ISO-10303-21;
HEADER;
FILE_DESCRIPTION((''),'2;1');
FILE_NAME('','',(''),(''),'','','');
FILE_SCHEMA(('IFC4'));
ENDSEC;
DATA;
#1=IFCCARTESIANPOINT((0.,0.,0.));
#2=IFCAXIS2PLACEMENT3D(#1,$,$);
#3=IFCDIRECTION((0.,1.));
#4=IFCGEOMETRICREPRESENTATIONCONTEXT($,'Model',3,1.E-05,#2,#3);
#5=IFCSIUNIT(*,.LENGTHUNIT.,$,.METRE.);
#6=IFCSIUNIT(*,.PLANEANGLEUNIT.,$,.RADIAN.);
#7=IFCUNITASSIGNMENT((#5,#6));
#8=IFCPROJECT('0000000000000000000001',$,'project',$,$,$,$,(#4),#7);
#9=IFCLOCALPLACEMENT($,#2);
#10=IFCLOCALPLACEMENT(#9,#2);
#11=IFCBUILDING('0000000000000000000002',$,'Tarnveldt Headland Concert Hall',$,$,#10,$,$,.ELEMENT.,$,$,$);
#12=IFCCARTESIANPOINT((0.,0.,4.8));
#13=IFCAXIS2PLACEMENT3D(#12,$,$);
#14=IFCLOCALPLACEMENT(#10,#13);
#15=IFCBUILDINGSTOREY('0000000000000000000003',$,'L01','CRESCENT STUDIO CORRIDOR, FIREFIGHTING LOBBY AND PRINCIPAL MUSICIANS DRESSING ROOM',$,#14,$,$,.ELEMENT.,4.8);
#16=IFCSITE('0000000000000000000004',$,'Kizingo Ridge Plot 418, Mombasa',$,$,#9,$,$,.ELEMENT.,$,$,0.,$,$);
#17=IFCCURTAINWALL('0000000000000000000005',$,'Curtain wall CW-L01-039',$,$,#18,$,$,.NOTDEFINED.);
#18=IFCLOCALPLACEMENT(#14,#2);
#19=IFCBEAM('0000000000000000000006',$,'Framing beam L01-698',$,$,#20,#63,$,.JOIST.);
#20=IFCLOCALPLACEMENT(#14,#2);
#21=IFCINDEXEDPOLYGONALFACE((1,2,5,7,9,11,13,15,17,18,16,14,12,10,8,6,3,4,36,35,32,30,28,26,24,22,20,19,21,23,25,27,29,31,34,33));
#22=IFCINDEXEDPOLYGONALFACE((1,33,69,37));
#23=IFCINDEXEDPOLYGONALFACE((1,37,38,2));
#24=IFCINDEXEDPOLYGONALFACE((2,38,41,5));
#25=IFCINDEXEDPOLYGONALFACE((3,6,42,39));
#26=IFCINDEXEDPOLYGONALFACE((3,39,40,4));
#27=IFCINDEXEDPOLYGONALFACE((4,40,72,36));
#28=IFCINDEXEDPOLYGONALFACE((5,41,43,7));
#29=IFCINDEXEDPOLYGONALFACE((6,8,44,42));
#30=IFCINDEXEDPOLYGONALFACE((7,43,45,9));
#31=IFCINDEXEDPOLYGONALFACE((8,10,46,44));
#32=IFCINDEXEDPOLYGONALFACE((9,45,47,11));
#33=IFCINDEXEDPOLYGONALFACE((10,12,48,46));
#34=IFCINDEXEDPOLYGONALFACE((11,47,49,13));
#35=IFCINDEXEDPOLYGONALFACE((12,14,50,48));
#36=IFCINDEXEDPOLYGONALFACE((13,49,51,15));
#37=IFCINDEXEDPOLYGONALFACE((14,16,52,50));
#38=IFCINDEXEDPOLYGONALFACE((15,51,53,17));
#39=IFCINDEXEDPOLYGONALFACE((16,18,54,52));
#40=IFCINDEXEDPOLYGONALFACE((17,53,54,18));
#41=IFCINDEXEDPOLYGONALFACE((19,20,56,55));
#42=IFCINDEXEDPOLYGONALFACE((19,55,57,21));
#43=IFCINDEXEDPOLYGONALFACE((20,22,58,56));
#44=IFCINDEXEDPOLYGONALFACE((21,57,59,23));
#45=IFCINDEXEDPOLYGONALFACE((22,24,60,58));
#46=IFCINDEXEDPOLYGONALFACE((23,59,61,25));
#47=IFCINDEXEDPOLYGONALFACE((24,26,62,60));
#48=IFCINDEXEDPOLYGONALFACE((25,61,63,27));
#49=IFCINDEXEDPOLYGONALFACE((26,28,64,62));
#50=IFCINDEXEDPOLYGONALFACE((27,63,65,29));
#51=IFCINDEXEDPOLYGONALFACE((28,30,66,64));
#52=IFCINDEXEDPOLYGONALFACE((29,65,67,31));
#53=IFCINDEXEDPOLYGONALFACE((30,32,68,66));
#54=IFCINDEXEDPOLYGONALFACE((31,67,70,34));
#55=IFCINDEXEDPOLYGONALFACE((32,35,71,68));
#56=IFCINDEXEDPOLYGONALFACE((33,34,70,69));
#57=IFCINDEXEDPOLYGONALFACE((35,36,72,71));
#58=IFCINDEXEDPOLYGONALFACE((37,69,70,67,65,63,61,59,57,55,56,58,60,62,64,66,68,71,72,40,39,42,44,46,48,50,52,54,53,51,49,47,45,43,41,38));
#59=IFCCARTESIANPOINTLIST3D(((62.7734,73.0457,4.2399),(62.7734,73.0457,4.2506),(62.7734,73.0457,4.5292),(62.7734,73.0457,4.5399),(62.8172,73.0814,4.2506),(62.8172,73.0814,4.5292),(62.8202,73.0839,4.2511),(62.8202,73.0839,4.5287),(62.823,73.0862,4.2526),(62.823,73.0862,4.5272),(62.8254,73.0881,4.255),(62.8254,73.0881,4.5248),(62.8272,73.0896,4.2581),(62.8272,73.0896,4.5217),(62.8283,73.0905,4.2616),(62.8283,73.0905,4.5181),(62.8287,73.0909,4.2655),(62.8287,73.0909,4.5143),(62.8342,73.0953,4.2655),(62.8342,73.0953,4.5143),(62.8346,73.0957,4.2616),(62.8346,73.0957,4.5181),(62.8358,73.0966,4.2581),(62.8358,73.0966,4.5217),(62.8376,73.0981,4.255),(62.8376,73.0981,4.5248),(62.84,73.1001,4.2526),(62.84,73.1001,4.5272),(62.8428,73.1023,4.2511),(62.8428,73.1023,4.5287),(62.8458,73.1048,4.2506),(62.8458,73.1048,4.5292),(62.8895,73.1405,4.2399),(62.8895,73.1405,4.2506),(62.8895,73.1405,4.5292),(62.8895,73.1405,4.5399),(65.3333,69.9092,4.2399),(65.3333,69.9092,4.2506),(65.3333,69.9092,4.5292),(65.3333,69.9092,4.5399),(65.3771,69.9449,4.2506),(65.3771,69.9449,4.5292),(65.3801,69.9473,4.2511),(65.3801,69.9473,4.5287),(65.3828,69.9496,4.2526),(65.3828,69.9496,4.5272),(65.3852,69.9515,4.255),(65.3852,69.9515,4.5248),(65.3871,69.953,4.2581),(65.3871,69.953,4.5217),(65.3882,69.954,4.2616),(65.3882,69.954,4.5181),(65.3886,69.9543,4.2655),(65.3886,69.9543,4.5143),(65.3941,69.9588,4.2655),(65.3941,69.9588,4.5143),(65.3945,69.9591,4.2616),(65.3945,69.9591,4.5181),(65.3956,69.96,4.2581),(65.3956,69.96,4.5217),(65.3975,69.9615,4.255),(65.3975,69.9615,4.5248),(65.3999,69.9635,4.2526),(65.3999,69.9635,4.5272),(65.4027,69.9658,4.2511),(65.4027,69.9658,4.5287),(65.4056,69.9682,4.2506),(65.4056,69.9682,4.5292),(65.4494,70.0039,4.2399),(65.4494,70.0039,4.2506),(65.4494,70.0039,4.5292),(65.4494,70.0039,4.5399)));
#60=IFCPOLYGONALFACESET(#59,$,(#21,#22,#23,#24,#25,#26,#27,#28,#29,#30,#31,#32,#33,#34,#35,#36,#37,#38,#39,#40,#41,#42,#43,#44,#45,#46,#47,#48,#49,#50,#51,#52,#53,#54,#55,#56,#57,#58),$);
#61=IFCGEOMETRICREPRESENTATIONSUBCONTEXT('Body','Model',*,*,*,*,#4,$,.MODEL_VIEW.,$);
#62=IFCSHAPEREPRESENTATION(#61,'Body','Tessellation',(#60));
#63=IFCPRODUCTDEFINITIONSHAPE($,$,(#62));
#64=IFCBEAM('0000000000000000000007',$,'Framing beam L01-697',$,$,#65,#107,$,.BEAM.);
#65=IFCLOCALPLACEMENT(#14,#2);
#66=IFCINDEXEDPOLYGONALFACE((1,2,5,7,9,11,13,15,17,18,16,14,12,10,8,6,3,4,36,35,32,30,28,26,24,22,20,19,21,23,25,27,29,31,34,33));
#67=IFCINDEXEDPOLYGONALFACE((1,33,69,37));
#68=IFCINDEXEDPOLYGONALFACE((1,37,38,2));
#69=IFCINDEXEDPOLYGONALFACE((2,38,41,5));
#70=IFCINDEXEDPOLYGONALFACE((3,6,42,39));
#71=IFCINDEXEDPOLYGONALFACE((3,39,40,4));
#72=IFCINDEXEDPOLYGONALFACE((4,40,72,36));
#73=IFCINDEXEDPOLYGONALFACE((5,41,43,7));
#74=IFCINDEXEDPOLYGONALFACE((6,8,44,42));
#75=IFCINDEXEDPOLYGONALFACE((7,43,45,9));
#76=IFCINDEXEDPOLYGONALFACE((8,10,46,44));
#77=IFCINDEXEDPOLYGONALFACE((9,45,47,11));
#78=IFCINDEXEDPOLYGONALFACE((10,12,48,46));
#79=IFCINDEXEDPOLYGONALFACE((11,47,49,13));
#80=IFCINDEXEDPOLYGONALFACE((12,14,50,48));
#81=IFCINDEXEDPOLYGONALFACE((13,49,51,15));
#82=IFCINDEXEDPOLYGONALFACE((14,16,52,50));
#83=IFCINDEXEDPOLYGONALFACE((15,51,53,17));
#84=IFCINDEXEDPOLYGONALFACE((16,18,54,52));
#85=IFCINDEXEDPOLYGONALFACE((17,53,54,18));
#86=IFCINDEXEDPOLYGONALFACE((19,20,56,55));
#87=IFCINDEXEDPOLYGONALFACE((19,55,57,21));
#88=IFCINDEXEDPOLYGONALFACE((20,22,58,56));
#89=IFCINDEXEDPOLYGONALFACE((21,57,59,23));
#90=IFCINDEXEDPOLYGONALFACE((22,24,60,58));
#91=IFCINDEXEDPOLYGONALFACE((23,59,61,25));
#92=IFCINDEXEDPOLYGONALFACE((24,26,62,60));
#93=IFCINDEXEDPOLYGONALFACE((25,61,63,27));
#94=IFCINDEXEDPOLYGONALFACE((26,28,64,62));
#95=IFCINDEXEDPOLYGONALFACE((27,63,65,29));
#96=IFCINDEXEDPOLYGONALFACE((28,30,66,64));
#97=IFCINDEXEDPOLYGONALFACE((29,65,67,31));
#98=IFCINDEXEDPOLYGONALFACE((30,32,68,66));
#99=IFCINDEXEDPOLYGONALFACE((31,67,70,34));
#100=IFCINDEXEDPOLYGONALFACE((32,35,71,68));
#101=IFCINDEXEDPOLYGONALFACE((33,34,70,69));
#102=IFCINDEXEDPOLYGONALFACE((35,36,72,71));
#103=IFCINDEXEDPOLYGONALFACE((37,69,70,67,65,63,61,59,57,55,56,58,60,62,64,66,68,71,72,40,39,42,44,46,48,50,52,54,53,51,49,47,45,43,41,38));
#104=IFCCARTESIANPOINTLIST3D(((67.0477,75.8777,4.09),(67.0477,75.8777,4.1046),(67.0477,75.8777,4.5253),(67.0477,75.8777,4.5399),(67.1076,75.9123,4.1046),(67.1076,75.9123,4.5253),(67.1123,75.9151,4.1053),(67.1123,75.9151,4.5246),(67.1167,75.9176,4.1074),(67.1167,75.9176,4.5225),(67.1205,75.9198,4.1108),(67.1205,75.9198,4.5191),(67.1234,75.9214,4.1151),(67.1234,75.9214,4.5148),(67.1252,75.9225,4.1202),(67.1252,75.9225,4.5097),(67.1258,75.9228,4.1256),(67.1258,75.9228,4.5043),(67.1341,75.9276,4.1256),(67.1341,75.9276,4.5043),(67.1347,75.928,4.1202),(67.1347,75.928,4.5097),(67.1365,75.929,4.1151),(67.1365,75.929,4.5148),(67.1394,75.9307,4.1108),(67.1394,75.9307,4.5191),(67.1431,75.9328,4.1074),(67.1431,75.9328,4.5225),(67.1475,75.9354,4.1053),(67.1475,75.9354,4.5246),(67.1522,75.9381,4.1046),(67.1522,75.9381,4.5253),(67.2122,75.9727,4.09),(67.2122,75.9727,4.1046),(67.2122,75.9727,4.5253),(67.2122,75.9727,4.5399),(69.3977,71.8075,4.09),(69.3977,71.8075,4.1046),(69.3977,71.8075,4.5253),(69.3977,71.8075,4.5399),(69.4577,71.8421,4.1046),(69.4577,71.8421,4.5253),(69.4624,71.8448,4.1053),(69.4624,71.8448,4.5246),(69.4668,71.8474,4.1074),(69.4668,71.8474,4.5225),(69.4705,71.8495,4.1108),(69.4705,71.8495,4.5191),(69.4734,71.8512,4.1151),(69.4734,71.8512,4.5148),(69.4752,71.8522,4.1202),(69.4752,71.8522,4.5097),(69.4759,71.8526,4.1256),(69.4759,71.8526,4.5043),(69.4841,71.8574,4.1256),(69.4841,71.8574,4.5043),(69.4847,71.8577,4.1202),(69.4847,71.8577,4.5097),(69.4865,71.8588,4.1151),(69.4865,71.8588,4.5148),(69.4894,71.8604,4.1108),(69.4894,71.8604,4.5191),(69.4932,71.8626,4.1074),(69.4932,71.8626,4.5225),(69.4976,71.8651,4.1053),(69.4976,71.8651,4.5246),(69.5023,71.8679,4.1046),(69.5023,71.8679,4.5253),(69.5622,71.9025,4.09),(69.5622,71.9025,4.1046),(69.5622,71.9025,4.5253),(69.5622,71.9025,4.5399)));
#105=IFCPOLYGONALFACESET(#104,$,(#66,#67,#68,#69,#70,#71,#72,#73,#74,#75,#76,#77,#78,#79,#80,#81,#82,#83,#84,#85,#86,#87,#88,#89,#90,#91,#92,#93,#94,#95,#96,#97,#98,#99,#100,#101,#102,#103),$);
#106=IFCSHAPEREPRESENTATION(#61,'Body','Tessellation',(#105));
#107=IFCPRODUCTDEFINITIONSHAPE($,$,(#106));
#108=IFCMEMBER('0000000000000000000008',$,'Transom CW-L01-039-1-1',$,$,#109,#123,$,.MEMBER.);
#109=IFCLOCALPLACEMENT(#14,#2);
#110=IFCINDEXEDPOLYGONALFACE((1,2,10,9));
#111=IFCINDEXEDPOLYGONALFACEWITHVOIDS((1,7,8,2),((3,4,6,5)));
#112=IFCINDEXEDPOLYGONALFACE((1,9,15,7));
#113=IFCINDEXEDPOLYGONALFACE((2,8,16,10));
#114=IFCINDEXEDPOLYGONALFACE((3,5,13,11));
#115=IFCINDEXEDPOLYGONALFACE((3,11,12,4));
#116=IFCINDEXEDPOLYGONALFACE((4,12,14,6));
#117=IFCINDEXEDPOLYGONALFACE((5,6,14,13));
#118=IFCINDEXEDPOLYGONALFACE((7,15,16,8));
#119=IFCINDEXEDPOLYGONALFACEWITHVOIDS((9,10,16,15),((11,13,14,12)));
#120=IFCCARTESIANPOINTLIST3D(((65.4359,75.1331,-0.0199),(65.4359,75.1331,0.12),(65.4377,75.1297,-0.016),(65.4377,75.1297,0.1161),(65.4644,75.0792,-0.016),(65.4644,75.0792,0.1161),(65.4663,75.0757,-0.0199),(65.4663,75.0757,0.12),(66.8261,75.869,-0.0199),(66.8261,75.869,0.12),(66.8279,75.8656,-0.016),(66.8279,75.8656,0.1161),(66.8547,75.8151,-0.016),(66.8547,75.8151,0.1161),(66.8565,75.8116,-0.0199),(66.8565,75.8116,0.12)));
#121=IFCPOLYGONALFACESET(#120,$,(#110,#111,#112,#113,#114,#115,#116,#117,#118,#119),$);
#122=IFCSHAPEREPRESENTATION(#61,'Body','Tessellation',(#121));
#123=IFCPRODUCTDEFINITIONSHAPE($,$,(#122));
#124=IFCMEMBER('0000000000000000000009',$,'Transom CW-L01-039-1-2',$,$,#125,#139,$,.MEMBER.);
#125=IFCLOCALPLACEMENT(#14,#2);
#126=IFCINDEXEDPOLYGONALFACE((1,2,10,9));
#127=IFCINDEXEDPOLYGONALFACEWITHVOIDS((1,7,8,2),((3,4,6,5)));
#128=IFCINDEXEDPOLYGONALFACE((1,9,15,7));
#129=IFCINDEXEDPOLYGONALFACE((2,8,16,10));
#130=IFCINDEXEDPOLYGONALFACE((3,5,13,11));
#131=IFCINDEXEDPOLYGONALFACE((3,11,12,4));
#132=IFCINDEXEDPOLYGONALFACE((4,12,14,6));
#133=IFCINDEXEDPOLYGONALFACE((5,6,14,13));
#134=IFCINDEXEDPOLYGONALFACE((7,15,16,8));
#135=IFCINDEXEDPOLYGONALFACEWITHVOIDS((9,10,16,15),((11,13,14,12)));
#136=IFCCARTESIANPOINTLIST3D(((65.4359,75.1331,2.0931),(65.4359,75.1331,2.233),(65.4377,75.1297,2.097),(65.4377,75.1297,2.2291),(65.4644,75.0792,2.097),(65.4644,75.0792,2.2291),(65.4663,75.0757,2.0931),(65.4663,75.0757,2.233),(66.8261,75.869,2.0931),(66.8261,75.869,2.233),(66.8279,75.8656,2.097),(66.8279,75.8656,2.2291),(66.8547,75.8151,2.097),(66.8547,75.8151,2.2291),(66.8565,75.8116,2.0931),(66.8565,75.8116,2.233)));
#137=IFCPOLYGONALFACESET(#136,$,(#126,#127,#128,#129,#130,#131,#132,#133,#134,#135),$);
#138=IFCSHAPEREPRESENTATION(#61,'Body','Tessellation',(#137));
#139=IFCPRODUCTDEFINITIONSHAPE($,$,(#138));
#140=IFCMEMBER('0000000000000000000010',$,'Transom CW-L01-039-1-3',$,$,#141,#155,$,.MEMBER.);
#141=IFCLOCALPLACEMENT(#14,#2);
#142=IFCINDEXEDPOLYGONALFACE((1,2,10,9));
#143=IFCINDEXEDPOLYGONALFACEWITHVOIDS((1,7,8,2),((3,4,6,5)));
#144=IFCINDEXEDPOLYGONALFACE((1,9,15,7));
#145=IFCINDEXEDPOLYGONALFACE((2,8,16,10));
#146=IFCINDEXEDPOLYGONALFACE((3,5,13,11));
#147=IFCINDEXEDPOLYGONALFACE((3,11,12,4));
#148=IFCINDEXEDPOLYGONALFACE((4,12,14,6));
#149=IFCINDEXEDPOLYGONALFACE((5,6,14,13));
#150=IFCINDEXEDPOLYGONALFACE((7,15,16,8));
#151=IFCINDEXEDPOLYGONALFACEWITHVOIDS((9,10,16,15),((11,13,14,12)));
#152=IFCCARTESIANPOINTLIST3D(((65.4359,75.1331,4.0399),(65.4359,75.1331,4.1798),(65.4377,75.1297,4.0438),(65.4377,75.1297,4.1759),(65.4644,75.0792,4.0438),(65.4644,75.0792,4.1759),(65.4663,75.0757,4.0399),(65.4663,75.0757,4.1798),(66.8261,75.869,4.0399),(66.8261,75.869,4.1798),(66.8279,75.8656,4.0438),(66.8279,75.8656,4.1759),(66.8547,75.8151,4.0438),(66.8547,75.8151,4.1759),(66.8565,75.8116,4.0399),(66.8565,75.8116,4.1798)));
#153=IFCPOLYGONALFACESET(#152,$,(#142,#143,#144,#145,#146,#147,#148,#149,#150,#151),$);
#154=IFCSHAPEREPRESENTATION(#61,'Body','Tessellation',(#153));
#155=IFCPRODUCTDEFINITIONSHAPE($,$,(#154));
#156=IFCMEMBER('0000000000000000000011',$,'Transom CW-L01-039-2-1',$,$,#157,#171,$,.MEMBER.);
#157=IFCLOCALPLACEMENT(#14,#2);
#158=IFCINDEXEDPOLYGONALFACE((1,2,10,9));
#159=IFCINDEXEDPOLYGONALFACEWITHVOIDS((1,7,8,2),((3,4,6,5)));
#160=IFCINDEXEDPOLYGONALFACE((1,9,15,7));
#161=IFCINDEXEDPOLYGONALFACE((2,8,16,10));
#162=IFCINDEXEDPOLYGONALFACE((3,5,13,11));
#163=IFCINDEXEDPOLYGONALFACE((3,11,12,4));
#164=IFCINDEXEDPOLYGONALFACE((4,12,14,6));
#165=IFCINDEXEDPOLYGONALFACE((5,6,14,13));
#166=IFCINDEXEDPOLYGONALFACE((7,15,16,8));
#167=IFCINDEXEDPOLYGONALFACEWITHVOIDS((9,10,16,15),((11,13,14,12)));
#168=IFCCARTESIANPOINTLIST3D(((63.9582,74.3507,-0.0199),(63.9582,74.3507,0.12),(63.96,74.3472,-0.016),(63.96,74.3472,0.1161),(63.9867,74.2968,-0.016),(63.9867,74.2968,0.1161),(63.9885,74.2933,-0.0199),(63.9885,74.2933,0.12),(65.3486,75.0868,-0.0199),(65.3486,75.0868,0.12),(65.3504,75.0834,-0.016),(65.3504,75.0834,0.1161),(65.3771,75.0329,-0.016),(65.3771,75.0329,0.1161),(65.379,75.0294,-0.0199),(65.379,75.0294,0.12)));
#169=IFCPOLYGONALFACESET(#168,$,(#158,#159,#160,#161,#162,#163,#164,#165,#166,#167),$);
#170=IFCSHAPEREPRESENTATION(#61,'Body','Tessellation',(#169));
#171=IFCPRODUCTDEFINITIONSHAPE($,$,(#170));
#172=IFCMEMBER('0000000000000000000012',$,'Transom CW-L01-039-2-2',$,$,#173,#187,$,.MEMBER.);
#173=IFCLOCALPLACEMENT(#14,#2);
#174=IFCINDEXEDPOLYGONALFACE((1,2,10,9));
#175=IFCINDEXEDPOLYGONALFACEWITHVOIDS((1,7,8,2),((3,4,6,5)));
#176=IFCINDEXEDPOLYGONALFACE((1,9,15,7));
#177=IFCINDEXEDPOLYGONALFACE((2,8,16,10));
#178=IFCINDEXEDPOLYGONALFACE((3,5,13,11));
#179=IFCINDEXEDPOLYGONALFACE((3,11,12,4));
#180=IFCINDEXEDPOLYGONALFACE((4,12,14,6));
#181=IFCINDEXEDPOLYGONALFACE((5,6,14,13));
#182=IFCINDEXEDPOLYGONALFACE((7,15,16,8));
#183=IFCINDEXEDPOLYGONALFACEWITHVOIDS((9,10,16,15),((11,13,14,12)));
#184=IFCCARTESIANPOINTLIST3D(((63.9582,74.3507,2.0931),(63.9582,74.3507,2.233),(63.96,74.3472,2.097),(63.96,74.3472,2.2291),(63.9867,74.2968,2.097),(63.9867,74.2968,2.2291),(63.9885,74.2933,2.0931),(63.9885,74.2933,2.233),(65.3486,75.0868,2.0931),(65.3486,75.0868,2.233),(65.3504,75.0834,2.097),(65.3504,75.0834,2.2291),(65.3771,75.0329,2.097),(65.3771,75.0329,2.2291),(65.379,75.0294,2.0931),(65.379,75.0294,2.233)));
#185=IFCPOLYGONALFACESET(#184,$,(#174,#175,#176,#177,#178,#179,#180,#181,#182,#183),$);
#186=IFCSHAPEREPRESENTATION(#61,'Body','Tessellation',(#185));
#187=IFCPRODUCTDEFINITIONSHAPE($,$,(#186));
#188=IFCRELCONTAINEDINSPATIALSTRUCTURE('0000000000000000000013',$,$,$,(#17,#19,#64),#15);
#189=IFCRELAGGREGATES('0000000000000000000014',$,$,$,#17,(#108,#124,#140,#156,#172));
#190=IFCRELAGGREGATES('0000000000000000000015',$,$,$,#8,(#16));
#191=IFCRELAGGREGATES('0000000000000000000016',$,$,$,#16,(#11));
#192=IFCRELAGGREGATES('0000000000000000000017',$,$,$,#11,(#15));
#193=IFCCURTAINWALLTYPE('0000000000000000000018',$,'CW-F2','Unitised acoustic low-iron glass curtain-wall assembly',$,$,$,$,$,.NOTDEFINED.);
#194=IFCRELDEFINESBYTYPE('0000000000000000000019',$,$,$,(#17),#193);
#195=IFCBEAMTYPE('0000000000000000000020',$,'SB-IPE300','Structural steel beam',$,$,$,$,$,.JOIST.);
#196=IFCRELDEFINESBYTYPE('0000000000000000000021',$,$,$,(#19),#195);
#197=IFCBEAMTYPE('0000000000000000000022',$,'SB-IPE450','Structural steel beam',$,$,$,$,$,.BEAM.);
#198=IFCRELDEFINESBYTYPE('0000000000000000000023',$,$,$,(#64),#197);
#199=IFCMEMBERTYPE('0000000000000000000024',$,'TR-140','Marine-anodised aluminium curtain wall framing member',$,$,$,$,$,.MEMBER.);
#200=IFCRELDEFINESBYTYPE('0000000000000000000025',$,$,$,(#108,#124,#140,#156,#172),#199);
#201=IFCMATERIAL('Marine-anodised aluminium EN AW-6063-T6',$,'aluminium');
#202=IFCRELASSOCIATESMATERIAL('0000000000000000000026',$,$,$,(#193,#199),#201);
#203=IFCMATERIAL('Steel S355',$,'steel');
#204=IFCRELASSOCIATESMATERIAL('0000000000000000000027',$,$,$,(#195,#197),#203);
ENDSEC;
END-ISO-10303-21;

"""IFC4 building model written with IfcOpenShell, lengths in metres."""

from ifc_helpers import new_model, si_unit, direction, frame, origin, origin_2d, place, context, subcontext, project, spatial, hollow_rectangle, i_section, extrude, material, material_profile, profile_set, type_object, element, aggregate, save


model = new_model("IFC4")

# Units and contexts
model_context = context("Model", 3, precision=1e-05, world=origin(), true_north=direction((0.0, 1.0)))
body_context = subcontext(model_context, "Body", "Model", "MODEL_VIEW")
ifc_project = project(units=[si_unit("LENGTHUNIT", "METRE"), si_unit("PLANEANGLEUNIT", "RADIAN")], contexts=[model_context])

# Site, building, storey
site_placement = place(None, origin())
site = spatial("IfcSite", under=ifc_project, at=site_placement, Name="Kizingo Ridge Plot 418, Mombasa", CompositionType="ELEMENT", RefElevation=0.0)
building_placement = place(site_placement, origin())
building = spatial("IfcBuilding", under=site, at=building_placement, Name="Tarnveldt Headland Concert Hall", CompositionType="ELEMENT")
storey_placement = place(building_placement, frame((0.0, 0.0, 4.8)))
storey = spatial("IfcBuildingStorey", under=building, at=storey_placement, Name="L01", Description="CRESCENT STUDIO CORRIDOR, FIREFIGHTING LOBBY AND PRINCIPAL MUSICIANS DRESSING ROOM", CompositionType="ELEMENT", Elevation=4.8)

# Curtain wall
ifc_material_1 = material(Name="Marine-anodised aluminium EN AW-6063-T6", Category="aluminium")
curtain_wall_type = type_object("IfcCurtainWallType", Name="CW-F2", Description="Unitised acoustic low-iron glass curtain-wall assembly", PredefinedType="NOTDEFINED", material=ifc_material_1)
curtain_wall_1_placement = place(storey_placement, origin())
curtain_wall_1 = element("IfcCurtainWall", 1, at=curtain_wall_1_placement, inside=storey, type_object=curtain_wall_type, Name="Curtain wall CW-L01-039", PredefinedType="NOTDEFINED")

# Beams
ifc_material_2 = material(Name="Steel S355", Category="steel")
ifc_material_profile_1 = material_profile(ifc_material_2, i_section(OverallWidth=0.1499, OverallDepth=0.3, WebThickness=0.0071, FlangeThickness=0.0107, FilletRadius=0.0149, at=origin_2d()), Name="IPE300", Category="steel")
ifc_profile_set_1 = profile_set([ifc_material_profile_1], Name="Steel S355")
beam_type_1 = type_object("IfcBeamType", Name="SB-IPE300", Description="Structural steel beam", PredefinedType="JOIST", material=ifc_profile_set_1)
beam_1_placement = place(storey_placement, frame((65.3914, 69.9565, 4.3899), z_axis=(-0.632292, 0.774731, 0.0), x_axis=(-0.774731, -0.632292, 0.0)))
element("IfcBeam", 2, at=beam_1_placement, inside=storey, type_object=beam_type_1, Name="Framing beam L01-698", PredefinedType="JOIST", context=body_context, shape_type="SweptSolid", body=[
    extrude(i_section(OverallWidth=0.1499, OverallDepth=0.3, WebThickness=0.0071, FlangeThickness=0.0107, FilletRadius=0.0149, at=origin_2d()), origin(), (0.0, 0.0, 1.0), 4.0486),
])
ifc_material_profile_2 = material_profile(ifc_material_2, i_section(OverallWidth=0.1899, OverallDepth=0.45, WebThickness=0.0095, FlangeThickness=0.0146, FilletRadius=0.021, at=origin_2d()), Name="IPE450", Category="steel")
ifc_profile_set_2 = profile_set([ifc_material_profile_2], Name="Steel S355")
beam_type_2 = type_object("IfcBeamType", Name="SB-IPE450", Description="Structural steel beam", PredefinedType="BEAM", material=ifc_profile_set_2)
beam_2_placement = place(storey_placement, frame((69.48, 71.855, 4.3149), z_axis=(-0.500016, 0.866016, 0.0), x_axis=(-0.866016, -0.500016, 0.0)))
element("IfcBeam", 3, at=beam_2_placement, inside=storey, type_object=beam_type_2, Name="Framing beam L01-697", PredefinedType="BEAM", context=body_context, shape_type="SweptSolid", body=[
    extrude(i_section(OverallWidth=0.1899, OverallDepth=0.45, WebThickness=0.0095, FlangeThickness=0.0146, FilletRadius=0.021, at=origin_2d()), origin(), (0.0, 0.0, 1.0), 4.7),
])

# Members
ifc_material_profile_3 = material_profile(ifc_material_1, hollow_rectangle(XDim=0.0649, YDim=0.1399, WallThickness=0.0039, at=origin_2d()), Name="ALU TRANSOM 65x140x4", Category="aluminium")
ifc_profile_set_3 = profile_set([ifc_material_profile_3], Name="Marine-anodised aluminium EN AW-6063-T6")
member_type_1 = type_object("IfcMemberType", Name="TR-140", Description="Marine-anodised aluminium curtain wall framing member", PredefinedType="MEMBER", material=ifc_profile_set_3)
member_1_placement = place(storey_placement, frame((66.8413, 75.8403, 0.05), z_axis=(-0.883818, -0.467831, 0.0), x_axis=(0.467831, -0.883818, 0.0)))
member_1 = element("IfcMember", 4, at=member_1_placement, type_object=member_type_1, Name="Transom CW-L01-039-1-1", PredefinedType="MEMBER", context=body_context, shape_type="SweptSolid", body=[
    extrude(hollow_rectangle(XDim=0.0649, YDim=0.1399, WallThickness=0.0039, at=origin_2d()), origin(), (0.0, 0.0, 1.0), 1.573),
])
member_2_placement = place(storey_placement, frame((66.8413, 75.8403, 2.1631), z_axis=(-0.883818, -0.467831, 0.0), x_axis=(0.467831, -0.883818, 0.0)))
member_2 = element("IfcMember", 5, at=member_2_placement, type_object=member_type_1, Name="Transom CW-L01-039-1-2", PredefinedType="MEMBER", context=body_context, shape_type="SweptSolid", body=[
    extrude(hollow_rectangle(XDim=0.0649, YDim=0.1399, WallThickness=0.0039, at=origin_2d()), origin(), (0.0, 0.0, 1.0), 1.573),
])
member_3_placement = place(storey_placement, frame((66.8413, 75.8403, 4.1099), z_axis=(-0.883818, -0.467831, 0.0), x_axis=(0.467831, -0.883818, 0.0)))
member_3 = element("IfcMember", 6, at=member_3_placement, type_object=member_type_1, Name="Transom CW-L01-039-1-3", PredefinedType="MEMBER", context=body_context, shape_type="SweptSolid", body=[
    extrude(hollow_rectangle(XDim=0.0649, YDim=0.1399, WallThickness=0.0039, at=origin_2d()), origin(), (0.0, 0.0, 1.0), 1.573),
])
member_4_placement = place(storey_placement, frame((65.3638, 75.0581, 0.05), z_axis=(-0.883788, -0.467888, 0.0), x_axis=(0.467888, -0.883788, 0.0)))
member_4 = element("IfcMember", 7, at=member_4_placement, type_object=member_type_1, Name="Transom CW-L01-039-2-1", PredefinedType="MEMBER", context=body_context, shape_type="SweptSolid", body=[
    extrude(hollow_rectangle(XDim=0.0649, YDim=0.1399, WallThickness=0.0039, at=origin_2d()), origin(), (0.0, 0.0, 1.0), 1.5732),
])
member_5_placement = place(storey_placement, frame((65.3638, 75.0581, 2.1631), z_axis=(-0.883788, -0.467888, 0.0), x_axis=(0.467888, -0.883788, 0.0)))
member_5 = element("IfcMember", 8, at=member_5_placement, type_object=member_type_1, Name="Transom CW-L01-039-2-2", PredefinedType="MEMBER", context=body_context, shape_type="SweptSolid", body=[
    extrude(hollow_rectangle(XDim=0.0649, YDim=0.1399, WallThickness=0.0039, at=origin_2d()), origin(), (0.0, 0.0, 1.0), 1.5732),
])

aggregate(curtain_wall_1, [member_1, member_2, member_3, member_4, member_5])

save(model, "model.ifc")
